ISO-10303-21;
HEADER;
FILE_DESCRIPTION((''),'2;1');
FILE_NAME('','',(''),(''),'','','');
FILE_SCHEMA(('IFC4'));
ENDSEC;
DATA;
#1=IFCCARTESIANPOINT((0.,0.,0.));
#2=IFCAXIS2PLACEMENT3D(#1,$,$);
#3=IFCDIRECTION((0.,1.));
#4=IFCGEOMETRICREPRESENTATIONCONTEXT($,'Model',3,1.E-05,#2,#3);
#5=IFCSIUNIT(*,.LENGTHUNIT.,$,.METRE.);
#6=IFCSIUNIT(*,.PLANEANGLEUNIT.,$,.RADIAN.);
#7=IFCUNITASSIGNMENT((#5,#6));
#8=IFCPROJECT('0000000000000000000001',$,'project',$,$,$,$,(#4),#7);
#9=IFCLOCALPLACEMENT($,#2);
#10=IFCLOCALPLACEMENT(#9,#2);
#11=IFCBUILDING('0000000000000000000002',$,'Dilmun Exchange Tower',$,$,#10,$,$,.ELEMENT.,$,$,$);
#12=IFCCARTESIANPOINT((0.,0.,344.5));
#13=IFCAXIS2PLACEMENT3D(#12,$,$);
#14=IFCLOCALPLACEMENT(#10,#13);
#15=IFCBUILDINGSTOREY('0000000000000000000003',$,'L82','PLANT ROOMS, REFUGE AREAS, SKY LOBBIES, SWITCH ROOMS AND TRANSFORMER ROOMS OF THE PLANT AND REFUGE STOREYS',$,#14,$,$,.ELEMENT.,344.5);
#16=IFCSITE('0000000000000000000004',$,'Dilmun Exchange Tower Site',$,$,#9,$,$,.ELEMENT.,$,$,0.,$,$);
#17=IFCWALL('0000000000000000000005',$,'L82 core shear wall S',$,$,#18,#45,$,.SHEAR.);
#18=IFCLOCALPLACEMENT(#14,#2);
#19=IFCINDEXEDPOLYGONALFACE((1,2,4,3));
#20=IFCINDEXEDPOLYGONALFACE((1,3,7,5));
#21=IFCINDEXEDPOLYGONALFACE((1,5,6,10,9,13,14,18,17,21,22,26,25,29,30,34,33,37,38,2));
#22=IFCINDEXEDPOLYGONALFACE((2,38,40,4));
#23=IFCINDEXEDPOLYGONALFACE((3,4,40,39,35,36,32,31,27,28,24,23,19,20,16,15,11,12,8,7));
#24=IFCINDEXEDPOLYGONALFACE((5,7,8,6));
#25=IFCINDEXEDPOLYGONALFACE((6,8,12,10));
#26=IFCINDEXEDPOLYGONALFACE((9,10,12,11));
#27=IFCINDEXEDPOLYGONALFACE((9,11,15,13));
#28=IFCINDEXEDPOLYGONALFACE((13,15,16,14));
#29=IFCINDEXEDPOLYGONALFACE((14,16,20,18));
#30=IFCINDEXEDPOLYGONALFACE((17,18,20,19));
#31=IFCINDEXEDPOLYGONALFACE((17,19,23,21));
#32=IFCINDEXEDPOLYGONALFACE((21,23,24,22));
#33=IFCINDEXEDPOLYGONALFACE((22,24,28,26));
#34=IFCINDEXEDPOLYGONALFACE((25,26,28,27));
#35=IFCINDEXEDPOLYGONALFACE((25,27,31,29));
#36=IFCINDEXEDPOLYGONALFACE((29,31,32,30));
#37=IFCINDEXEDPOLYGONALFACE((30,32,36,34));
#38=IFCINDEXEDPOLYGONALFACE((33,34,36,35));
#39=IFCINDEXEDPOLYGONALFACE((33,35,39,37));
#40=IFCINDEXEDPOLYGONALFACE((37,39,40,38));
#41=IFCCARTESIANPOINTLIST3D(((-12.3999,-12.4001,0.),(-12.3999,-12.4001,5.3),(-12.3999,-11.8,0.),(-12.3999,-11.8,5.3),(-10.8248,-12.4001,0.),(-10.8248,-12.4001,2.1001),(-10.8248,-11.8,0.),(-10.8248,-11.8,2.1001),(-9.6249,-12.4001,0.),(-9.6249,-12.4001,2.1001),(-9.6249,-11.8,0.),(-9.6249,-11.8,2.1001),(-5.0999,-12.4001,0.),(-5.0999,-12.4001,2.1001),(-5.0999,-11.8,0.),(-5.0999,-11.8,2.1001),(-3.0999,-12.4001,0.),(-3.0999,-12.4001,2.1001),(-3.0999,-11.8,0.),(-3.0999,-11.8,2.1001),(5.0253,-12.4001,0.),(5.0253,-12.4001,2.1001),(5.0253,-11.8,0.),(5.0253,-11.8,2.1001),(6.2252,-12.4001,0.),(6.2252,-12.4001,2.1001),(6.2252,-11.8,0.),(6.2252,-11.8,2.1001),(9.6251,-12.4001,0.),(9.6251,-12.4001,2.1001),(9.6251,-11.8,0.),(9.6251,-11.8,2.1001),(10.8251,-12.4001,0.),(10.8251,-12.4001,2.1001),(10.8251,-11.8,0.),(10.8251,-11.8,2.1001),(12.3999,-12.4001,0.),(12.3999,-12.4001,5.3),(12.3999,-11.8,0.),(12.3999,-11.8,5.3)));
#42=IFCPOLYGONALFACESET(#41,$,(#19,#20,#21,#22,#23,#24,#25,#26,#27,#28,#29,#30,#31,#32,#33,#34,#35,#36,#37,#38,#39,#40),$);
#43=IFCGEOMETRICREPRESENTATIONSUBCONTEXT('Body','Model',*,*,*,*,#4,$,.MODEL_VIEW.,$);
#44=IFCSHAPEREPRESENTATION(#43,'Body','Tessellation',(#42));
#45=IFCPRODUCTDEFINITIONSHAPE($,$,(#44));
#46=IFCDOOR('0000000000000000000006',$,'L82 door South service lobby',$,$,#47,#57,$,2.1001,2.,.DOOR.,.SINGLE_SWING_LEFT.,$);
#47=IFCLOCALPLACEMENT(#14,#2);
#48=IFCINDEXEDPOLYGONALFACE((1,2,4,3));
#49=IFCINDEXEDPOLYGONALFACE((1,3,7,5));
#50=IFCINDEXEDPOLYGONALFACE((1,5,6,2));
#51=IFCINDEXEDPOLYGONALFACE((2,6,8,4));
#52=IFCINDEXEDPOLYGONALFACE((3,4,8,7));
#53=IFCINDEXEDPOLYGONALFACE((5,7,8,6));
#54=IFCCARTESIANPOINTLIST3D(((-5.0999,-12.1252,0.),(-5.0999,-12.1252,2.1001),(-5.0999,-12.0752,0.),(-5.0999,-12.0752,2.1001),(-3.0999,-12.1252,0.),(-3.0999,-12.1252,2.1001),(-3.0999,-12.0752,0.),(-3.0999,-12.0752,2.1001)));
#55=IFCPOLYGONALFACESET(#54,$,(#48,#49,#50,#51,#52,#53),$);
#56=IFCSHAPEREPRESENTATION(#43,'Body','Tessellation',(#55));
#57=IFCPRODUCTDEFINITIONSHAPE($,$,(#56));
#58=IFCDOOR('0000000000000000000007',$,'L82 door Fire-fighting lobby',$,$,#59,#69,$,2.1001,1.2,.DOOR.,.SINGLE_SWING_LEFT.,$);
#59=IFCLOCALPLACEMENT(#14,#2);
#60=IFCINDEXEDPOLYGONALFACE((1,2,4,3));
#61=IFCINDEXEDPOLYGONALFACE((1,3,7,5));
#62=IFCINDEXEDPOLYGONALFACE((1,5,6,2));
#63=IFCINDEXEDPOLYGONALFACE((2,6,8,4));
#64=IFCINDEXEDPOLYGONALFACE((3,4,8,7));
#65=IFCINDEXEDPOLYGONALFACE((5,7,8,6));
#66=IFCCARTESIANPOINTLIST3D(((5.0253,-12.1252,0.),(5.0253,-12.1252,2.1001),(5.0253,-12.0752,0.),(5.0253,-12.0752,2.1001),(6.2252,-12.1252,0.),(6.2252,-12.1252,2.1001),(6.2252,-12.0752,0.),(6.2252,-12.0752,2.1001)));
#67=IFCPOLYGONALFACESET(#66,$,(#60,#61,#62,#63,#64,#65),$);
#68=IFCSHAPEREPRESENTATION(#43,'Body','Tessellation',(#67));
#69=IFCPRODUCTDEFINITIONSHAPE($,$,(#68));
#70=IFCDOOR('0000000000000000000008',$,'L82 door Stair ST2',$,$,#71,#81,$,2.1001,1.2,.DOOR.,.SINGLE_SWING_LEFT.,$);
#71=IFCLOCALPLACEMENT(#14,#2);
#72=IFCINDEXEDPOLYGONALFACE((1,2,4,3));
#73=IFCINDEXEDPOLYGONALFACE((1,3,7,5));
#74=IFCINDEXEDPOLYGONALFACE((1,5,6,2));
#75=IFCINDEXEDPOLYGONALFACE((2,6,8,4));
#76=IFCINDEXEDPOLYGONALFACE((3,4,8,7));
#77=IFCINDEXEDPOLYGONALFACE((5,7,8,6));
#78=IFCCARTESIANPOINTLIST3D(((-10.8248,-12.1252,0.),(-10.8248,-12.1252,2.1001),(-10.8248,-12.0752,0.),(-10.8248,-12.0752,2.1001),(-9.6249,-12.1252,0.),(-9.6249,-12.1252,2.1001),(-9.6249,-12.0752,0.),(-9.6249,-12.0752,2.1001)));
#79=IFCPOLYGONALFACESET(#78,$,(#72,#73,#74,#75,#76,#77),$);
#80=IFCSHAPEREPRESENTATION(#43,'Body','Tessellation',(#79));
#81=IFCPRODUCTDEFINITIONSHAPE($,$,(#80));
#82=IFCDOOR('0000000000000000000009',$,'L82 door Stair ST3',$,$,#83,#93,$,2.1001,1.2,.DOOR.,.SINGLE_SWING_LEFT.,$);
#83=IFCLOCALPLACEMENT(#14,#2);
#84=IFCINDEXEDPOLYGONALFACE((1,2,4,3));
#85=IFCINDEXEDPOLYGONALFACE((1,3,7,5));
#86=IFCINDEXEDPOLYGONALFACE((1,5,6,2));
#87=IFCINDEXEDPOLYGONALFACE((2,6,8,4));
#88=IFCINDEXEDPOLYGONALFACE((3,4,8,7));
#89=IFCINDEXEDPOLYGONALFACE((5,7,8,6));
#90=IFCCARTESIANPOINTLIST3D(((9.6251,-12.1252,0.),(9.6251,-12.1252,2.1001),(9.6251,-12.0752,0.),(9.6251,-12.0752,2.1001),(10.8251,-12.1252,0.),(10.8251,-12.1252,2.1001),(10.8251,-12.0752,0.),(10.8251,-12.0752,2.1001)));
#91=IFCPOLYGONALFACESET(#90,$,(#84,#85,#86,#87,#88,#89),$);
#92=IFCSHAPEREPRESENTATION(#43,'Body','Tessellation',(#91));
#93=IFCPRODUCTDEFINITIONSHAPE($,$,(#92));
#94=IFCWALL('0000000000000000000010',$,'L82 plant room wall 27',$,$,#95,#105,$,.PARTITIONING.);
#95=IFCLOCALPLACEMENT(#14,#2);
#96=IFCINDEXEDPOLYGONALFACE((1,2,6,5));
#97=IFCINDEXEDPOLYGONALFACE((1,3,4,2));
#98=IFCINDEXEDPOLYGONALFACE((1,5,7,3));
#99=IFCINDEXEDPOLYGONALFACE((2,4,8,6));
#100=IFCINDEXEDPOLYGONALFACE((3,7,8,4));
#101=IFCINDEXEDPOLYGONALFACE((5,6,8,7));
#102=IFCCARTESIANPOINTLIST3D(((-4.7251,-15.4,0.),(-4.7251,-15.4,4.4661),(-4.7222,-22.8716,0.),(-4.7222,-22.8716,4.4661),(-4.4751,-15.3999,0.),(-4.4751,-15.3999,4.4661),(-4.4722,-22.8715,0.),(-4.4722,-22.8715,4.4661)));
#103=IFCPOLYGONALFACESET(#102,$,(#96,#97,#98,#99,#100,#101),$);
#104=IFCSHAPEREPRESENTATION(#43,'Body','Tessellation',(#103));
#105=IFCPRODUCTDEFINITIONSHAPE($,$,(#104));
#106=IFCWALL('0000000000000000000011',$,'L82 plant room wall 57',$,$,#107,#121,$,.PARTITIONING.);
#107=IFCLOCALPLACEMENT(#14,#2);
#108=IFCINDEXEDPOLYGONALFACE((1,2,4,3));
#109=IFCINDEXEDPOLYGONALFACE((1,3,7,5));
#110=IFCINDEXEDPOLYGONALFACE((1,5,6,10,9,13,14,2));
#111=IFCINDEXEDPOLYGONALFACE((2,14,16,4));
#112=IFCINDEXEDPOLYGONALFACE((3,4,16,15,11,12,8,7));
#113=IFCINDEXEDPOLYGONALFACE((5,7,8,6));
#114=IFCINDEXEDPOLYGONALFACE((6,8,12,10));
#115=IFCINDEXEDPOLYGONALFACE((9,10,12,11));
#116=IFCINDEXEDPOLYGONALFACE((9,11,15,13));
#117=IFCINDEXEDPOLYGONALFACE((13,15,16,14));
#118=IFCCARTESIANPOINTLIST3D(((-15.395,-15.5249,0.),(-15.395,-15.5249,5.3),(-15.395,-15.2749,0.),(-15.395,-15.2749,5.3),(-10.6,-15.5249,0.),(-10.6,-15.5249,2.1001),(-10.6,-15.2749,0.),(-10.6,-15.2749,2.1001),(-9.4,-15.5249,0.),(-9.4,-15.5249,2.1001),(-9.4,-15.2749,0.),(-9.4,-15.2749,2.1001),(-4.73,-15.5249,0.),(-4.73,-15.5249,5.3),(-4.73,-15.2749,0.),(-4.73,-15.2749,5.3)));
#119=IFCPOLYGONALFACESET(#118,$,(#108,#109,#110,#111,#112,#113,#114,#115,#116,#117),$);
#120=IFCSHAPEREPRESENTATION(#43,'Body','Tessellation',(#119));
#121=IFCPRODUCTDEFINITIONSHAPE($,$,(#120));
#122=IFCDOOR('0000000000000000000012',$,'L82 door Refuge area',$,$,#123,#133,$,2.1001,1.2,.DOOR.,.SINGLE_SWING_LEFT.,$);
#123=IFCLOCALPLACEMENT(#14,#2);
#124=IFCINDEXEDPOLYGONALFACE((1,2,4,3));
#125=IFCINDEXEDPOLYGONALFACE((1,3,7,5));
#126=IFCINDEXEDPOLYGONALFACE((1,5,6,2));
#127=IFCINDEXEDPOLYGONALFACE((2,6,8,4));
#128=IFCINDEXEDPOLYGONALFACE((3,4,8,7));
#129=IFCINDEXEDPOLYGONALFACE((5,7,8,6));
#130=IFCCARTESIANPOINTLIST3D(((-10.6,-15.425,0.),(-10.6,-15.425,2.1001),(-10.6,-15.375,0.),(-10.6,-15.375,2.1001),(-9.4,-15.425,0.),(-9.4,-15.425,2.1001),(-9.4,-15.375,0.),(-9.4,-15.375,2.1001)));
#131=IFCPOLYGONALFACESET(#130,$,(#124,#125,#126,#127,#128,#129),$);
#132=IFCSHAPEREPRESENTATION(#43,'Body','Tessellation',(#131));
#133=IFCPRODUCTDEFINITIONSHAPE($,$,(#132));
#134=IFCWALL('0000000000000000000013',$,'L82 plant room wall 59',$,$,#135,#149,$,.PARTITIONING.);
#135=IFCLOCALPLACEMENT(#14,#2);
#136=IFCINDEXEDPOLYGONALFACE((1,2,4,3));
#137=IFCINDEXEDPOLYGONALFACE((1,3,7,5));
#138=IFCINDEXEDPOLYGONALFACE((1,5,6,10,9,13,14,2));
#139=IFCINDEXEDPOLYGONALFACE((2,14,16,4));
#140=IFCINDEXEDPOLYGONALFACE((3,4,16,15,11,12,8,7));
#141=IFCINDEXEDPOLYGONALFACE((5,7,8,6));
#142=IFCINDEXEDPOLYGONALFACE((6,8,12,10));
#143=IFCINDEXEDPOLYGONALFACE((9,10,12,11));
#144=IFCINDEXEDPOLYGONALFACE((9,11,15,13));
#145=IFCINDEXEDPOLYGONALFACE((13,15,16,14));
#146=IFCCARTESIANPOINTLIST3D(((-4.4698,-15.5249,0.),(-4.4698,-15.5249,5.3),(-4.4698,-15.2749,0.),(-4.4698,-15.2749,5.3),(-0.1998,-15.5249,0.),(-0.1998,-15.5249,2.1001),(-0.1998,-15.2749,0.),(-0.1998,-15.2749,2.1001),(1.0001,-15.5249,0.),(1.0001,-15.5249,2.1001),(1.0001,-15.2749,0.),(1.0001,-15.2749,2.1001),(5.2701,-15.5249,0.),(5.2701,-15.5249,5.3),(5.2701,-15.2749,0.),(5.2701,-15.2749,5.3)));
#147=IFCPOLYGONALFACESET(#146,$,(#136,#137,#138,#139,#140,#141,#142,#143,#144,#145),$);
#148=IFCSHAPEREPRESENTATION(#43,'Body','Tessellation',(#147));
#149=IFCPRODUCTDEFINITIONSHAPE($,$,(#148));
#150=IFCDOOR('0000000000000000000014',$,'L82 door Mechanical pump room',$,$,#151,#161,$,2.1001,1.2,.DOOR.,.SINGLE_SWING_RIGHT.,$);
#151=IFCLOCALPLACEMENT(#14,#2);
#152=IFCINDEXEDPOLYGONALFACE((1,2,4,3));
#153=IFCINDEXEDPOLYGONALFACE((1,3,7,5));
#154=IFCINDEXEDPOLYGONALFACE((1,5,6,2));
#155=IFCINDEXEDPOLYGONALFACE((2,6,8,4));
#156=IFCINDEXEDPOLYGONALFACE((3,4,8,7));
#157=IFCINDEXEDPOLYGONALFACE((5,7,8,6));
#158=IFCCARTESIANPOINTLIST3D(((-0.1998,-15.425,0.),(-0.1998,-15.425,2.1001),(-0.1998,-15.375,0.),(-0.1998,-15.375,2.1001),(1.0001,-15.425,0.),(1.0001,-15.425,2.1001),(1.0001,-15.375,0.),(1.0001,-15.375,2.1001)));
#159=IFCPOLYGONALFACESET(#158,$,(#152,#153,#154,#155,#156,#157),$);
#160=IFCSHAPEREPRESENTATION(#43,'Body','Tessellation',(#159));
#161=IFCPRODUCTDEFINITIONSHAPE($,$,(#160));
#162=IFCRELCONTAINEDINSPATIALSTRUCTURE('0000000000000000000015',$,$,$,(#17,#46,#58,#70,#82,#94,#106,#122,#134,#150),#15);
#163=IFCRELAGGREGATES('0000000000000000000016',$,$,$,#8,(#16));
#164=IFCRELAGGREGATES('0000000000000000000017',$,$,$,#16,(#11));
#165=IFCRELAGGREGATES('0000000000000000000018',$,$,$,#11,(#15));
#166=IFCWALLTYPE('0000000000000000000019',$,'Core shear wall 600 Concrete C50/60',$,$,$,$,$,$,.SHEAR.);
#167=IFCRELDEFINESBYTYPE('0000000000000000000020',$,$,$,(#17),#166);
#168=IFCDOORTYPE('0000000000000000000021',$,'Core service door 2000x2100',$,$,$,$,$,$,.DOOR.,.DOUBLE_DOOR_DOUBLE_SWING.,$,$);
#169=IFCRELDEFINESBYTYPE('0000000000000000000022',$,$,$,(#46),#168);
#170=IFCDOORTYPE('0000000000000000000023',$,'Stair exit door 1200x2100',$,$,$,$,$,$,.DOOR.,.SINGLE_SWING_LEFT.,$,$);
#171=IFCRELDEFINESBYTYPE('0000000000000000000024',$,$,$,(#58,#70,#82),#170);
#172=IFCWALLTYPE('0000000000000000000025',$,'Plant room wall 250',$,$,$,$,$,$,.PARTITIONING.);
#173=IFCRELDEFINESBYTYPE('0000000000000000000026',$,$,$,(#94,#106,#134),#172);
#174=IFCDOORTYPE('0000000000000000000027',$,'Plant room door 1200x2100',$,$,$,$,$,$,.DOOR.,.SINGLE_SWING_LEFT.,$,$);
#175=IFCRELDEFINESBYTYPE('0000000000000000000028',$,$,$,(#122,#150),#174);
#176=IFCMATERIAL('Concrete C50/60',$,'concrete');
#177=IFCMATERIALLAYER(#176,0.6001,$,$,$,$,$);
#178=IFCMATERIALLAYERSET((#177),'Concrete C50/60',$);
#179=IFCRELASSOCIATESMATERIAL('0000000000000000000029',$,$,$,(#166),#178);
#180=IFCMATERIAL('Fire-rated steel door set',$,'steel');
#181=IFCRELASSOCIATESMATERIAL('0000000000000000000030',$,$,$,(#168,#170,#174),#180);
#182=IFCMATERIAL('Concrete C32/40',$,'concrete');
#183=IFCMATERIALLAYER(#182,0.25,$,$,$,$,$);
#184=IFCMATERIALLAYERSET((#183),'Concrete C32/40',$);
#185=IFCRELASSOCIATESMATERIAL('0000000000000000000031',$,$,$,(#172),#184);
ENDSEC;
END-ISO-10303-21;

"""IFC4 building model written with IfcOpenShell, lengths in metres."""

from ifc_helpers import new_model, si_unit, direction, frame, frame_2d, origin, place, context, subcontext, project, spatial, rectangle, extrude, material, layer, layer_set, type_object, element, fill, save


model = new_model("IFC4")

# Units and contexts
model_context = context("Model", 3, precision=1e-05, world=origin(), true_north=direction((0.0, 1.0)))
body_context = subcontext(model_context, "Body", "Model", "MODEL_VIEW")
ifc_project = project(units=[si_unit("LENGTHUNIT", "METRE"), si_unit("PLANEANGLEUNIT", "RADIAN")], contexts=[model_context])

# Site, building, storey
site_placement = place(None, origin())
site = spatial("IfcSite", under=ifc_project, at=site_placement, Name="Dilmun Exchange Tower Site", CompositionType="ELEMENT", RefElevation=0.0)
building_placement = place(site_placement, origin())
building = spatial("IfcBuilding", under=site, at=building_placement, Name="Dilmun Exchange Tower", CompositionType="ELEMENT")
storey_placement = place(building_placement, frame((0.0, 0.0, 344.5)))
storey = spatial("IfcBuildingStorey", under=building, at=storey_placement, Name="L82", Description="PLANT ROOMS, REFUGE AREAS, SKY LOBBIES, SWITCH ROOMS AND TRANSFORMER ROOMS OF THE PLANT AND REFUGE STOREYS", CompositionType="ELEMENT", Elevation=344.5)

# Wall, openings, doors
ifc_material_1 = material(Name="Concrete C50/60", Category="concrete")
ifc_layer_1 = layer(ifc_material_1, 0.6001)
ifc_layer_set_1 = layer_set([ifc_layer_1], Name="Concrete C50/60")
wall_type_1 = type_object("IfcWallType", Name="Core shear wall 600 Concrete C50/60", PredefinedType="SHEAR", material=ifc_layer_set_1)
wall_1_placement = place(storey_placement, frame((-12.3999, -12.1001, 0.0), z_axis=(0.0, 0.0, 1.0), x_axis=(1.0, 0.0, 0.0)))
wall_1 = element("IfcWall", 1, at=wall_1_placement, inside=storey, type_object=wall_type_1, Name="L82 core shear wall S", PredefinedType="SHEAR", context=body_context, shape_type="SweptSolid", body=[
    extrude(rectangle(XDim=24.7998, YDim=0.6001, at=frame_2d((12.3999, 0.0))), origin(), (0.0, 0.0, 1.0), 5.3),
])
opening_1_placement = place(wall_1_placement, frame((7.3, 0.0, 0.0)))
opening_1 = element("IfcOpeningElement", 2, at=opening_1_placement, cuts=wall_1, PredefinedType="OPENING", context=body_context, shape_type="SweptSolid", body=[
    extrude(rectangle(XDim=2.0, YDim=2.1001, at=frame_2d((1.0, 1.05))), frame((0.0, 0.3101, 0.0), z_axis=(0.0, -1.0, 0.0), x_axis=(1.0, 0.0, 0.0)), (0.0, 0.0, 1.0), 0.6201),
])
opening_2_placement = place(wall_1_placement, frame((17.425, 0.0, 0.0)))
opening_2 = element("IfcOpeningElement", 3, at=opening_2_placement, cuts=wall_1, PredefinedType="OPENING", context=body_context, shape_type="SweptSolid", body=[
    extrude(rectangle(XDim=1.2, YDim=2.1001, at=frame_2d((0.6001, 1.05))), frame((0.0, 0.3101, 0.0), z_axis=(0.0, -1.0, 0.0), x_axis=(1.0, 0.0, 0.0)), (0.0, 0.0, 1.0), 0.6201),
])
opening_3_placement = place(wall_1_placement, frame((1.575, 0.0, 0.0)))
opening_3 = element("IfcOpeningElement", 4, at=opening_3_placement, cuts=wall_1, PredefinedType="OPENING", context=body_context, shape_type="SweptSolid", body=[
    extrude(rectangle(XDim=1.2, YDim=2.1001, at=frame_2d((0.6001, 1.05))), frame((0.0, 0.3101, 0.0), z_axis=(0.0, -1.0, 0.0), x_axis=(1.0, 0.0, 0.0)), (0.0, 0.0, 1.0), 0.6201),
])
opening_4_placement = place(wall_1_placement, frame((22.0249, 0.0, 0.0)))
opening_4 = element("IfcOpeningElement", 5, at=opening_4_placement, cuts=wall_1, PredefinedType="OPENING", context=body_context, shape_type="SweptSolid", body=[
    extrude(rectangle(XDim=1.2, YDim=2.1001, at=frame_2d((0.6001, 1.05))), frame((0.0, 0.3101, 0.0), z_axis=(0.0, -1.0, 0.0), x_axis=(1.0, 0.0, 0.0)), (0.0, 0.0, 1.0), 0.6201),
])
ifc_material_2 = material(Name="Fire-rated steel door set", Category="steel")
door_type_1 = type_object("IfcDoorType", Name="Core service door 2000x2100", OperationType="DOUBLE_DOOR_DOUBLE_SWING", PredefinedType="DOOR", material=ifc_material_2)
door_1_placement = place(opening_1_placement, origin())
door_1 = element("IfcDoor", 6, at=door_1_placement, inside=storey, type_object=door_type_1, Name="L82 door South service lobby", OperationType="SINGLE_SWING_LEFT", OverallHeight=2.1001, OverallWidth=2.0, PredefinedType="DOOR", context=body_context, shape_type="SweptSolid", body=[
    extrude(rectangle(XDim=2.0, YDim=2.1001, at=frame_2d((1.0, 1.05))), frame((0.0, 0.0249, 0.0), z_axis=(0.0, -1.0, 0.0), x_axis=(1.0, 0.0, 0.0)), (0.0, 0.0, 1.0), 0.05),
])
fill(opening_1, door_1)
door_type_2 = type_object("IfcDoorType", Name="Stair exit door 1200x2100", OperationType="SINGLE_SWING_LEFT", PredefinedType="DOOR", material=ifc_material_2)
door_2_placement = place(opening_2_placement, origin())
door_2 = element("IfcDoor", 7, at=door_2_placement, inside=storey, type_object=door_type_2, Name="L82 door Fire-fighting lobby", OperationType="SINGLE_SWING_LEFT", OverallHeight=2.1001, OverallWidth=1.2, PredefinedType="DOOR", context=body_context, shape_type="SweptSolid", body=[
    extrude(rectangle(XDim=1.2, YDim=2.1001, at=frame_2d((0.6001, 1.05))), frame((0.0, 0.0249, 0.0), z_axis=(0.0, -1.0, 0.0), x_axis=(1.0, 0.0, 0.0)), (0.0, 0.0, 1.0), 0.05),
])
fill(opening_2, door_2)
door_3_placement = place(opening_3_placement, origin())
door_3 = element("IfcDoor", 8, at=door_3_placement, inside=storey, type_object=door_type_2, Name="L82 door Stair ST2", OperationType="SINGLE_SWING_LEFT", OverallHeight=2.1001, OverallWidth=1.2, PredefinedType="DOOR", context=body_context, shape_type="SweptSolid", body=[
    extrude(rectangle(XDim=1.2, YDim=2.1001, at=frame_2d((0.6001, 1.05))), frame((0.0, 0.0249, 0.0), z_axis=(0.0, -1.0, 0.0), x_axis=(1.0, 0.0, 0.0)), (0.0, 0.0, 1.0), 0.05),
])
fill(opening_3, door_3)
door_4_placement = place(opening_4_placement, origin())
door_4 = element("IfcDoor", 9, at=door_4_placement, inside=storey, type_object=door_type_2, Name="L82 door Stair ST3", OperationType="SINGLE_SWING_LEFT", OverallHeight=2.1001, OverallWidth=1.2, PredefinedType="DOOR", context=body_context, shape_type="SweptSolid", body=[
    extrude(rectangle(XDim=1.2, YDim=2.1001, at=frame_2d((0.6001, 1.05))), frame((0.0, 0.0249, 0.0), z_axis=(0.0, -1.0, 0.0), x_axis=(1.0, 0.0, 0.0)), (0.0, 0.0, 1.0), 0.05),
])
fill(opening_4, door_4)

# Wall
ifc_material_3 = material(Name="Concrete C32/40", Category="concrete")
ifc_layer_2 = layer(ifc_material_3, 0.25)
ifc_layer_set_2 = layer_set([ifc_layer_2], Name="Concrete C32/40")
wall_type_2 = type_object("IfcWallType", Name="Plant room wall 250", PredefinedType="PARTITIONING", material=ifc_layer_set_2)
wall_2_placement = place(storey_placement, frame((-4.6001, -15.3999, 0.0), z_axis=(0.0, 0.0, 1.0), x_axis=(0.000392, -1.0, 0.0)))
element("IfcWall", 10, at=wall_2_placement, inside=storey, type_object=wall_type_2, Name="L82 plant room wall 27", PredefinedType="PARTITIONING", context=body_context, shape_type="SweptSolid", body=[
    extrude(rectangle(XDim=7.4717, YDim=0.25, at=frame_2d((3.7358, 0.0))), origin(), (0.0, 0.0, 1.0), 4.4661),
])

# Walls, openings, doors
wall_3_placement = place(storey_placement, frame((-15.395, -15.3999, 0.0), z_axis=(0.0, 0.0, 1.0), x_axis=(1.0, 0.0, 0.0)))
wall_3 = element("IfcWall", 11, at=wall_3_placement, inside=storey, type_object=wall_type_2, Name="L82 plant room wall 57", PredefinedType="PARTITIONING", context=body_context, shape_type="SweptSolid", body=[
    extrude(rectangle(XDim=10.665, YDim=0.25, at=frame_2d((5.3325, 0.0))), origin(), (0.0, 0.0, 1.0), 5.3),
])
opening_5_placement = place(wall_3_placement, frame((4.7949, 0.0, 0.0)))
opening_5 = element("IfcOpeningElement", 12, at=opening_5_placement, cuts=wall_3, PredefinedType="OPENING", context=body_context, shape_type="SweptSolid", body=[
    extrude(rectangle(XDim=1.2, YDim=2.1001, at=frame_2d((0.6001, 1.05))), frame((0.0, 0.135, 0.0), z_axis=(0.0, -1.0, 0.0), x_axis=(1.0, 0.0, 0.0)), (0.0, 0.0, 1.0), 0.27),
])
door_type_3 = type_object("IfcDoorType", Name="Plant room door 1200x2100", OperationType="SINGLE_SWING_LEFT", PredefinedType="DOOR", material=ifc_material_2)
door_5_placement = place(opening_5_placement, origin())
door_5 = element("IfcDoor", 13, at=door_5_placement, inside=storey, type_object=door_type_3, Name="L82 door Refuge area", OperationType="SINGLE_SWING_LEFT", OverallHeight=2.1001, OverallWidth=1.2, PredefinedType="DOOR", context=body_context, shape_type="SweptSolid", body=[
    extrude(rectangle(XDim=1.2, YDim=2.1001, at=frame_2d((0.6001, 1.05))), frame((0.0, 0.0249, 0.0), z_axis=(0.0, -1.0, 0.0), x_axis=(1.0, 0.0, 0.0)), (0.0, 0.0, 1.0), 0.05),
])
fill(opening_5, door_5)
wall_4_placement = place(storey_placement, frame((-4.47, -15.3999, 0.0), z_axis=(0.0, 0.0, 1.0), x_axis=(1.0, 0.0, 0.0)))
wall_4 = element("IfcWall", 14, at=wall_4_placement, inside=storey, type_object=wall_type_2, Name="L82 plant room wall 59", PredefinedType="PARTITIONING", context=body_context, shape_type="SweptSolid", body=[
    extrude(rectangle(XDim=9.74, YDim=0.25, at=frame_2d((4.8701, 0.0))), origin(), (0.0, 0.0, 1.0), 5.3),
])
opening_6_placement = place(wall_4_placement, frame((4.27, 0.0, 0.0)))
opening_6 = element("IfcOpeningElement", 15, at=opening_6_placement, cuts=wall_4, PredefinedType="OPENING", context=body_context, shape_type="SweptSolid", body=[
    extrude(rectangle(XDim=1.2, YDim=2.1001, at=frame_2d((0.6001, 1.05))), frame((0.0, 0.135, 0.0), z_axis=(0.0, -1.0, 0.0), x_axis=(1.0, 0.0, 0.0)), (0.0, 0.0, 1.0), 0.27),
])
door_6_placement = place(opening_6_placement, origin())
door_6 = element("IfcDoor", 16, at=door_6_placement, inside=storey, type_object=door_type_3, Name="L82 door Mechanical pump room", OperationType="SINGLE_SWING_RIGHT", OverallHeight=2.1001, OverallWidth=1.2, PredefinedType="DOOR", context=body_context, shape_type="SweptSolid", body=[
    extrude(rectangle(XDim=1.2, YDim=2.1001, at=frame_2d((0.6001, 1.05))), frame((0.0, 0.0249, 0.0), z_axis=(0.0, -1.0, 0.0), x_axis=(1.0, 0.0, 0.0)), (0.0, 0.0, 1.0), 0.05),
])
fill(opening_6, door_6)

save(model, "model.ifc")
